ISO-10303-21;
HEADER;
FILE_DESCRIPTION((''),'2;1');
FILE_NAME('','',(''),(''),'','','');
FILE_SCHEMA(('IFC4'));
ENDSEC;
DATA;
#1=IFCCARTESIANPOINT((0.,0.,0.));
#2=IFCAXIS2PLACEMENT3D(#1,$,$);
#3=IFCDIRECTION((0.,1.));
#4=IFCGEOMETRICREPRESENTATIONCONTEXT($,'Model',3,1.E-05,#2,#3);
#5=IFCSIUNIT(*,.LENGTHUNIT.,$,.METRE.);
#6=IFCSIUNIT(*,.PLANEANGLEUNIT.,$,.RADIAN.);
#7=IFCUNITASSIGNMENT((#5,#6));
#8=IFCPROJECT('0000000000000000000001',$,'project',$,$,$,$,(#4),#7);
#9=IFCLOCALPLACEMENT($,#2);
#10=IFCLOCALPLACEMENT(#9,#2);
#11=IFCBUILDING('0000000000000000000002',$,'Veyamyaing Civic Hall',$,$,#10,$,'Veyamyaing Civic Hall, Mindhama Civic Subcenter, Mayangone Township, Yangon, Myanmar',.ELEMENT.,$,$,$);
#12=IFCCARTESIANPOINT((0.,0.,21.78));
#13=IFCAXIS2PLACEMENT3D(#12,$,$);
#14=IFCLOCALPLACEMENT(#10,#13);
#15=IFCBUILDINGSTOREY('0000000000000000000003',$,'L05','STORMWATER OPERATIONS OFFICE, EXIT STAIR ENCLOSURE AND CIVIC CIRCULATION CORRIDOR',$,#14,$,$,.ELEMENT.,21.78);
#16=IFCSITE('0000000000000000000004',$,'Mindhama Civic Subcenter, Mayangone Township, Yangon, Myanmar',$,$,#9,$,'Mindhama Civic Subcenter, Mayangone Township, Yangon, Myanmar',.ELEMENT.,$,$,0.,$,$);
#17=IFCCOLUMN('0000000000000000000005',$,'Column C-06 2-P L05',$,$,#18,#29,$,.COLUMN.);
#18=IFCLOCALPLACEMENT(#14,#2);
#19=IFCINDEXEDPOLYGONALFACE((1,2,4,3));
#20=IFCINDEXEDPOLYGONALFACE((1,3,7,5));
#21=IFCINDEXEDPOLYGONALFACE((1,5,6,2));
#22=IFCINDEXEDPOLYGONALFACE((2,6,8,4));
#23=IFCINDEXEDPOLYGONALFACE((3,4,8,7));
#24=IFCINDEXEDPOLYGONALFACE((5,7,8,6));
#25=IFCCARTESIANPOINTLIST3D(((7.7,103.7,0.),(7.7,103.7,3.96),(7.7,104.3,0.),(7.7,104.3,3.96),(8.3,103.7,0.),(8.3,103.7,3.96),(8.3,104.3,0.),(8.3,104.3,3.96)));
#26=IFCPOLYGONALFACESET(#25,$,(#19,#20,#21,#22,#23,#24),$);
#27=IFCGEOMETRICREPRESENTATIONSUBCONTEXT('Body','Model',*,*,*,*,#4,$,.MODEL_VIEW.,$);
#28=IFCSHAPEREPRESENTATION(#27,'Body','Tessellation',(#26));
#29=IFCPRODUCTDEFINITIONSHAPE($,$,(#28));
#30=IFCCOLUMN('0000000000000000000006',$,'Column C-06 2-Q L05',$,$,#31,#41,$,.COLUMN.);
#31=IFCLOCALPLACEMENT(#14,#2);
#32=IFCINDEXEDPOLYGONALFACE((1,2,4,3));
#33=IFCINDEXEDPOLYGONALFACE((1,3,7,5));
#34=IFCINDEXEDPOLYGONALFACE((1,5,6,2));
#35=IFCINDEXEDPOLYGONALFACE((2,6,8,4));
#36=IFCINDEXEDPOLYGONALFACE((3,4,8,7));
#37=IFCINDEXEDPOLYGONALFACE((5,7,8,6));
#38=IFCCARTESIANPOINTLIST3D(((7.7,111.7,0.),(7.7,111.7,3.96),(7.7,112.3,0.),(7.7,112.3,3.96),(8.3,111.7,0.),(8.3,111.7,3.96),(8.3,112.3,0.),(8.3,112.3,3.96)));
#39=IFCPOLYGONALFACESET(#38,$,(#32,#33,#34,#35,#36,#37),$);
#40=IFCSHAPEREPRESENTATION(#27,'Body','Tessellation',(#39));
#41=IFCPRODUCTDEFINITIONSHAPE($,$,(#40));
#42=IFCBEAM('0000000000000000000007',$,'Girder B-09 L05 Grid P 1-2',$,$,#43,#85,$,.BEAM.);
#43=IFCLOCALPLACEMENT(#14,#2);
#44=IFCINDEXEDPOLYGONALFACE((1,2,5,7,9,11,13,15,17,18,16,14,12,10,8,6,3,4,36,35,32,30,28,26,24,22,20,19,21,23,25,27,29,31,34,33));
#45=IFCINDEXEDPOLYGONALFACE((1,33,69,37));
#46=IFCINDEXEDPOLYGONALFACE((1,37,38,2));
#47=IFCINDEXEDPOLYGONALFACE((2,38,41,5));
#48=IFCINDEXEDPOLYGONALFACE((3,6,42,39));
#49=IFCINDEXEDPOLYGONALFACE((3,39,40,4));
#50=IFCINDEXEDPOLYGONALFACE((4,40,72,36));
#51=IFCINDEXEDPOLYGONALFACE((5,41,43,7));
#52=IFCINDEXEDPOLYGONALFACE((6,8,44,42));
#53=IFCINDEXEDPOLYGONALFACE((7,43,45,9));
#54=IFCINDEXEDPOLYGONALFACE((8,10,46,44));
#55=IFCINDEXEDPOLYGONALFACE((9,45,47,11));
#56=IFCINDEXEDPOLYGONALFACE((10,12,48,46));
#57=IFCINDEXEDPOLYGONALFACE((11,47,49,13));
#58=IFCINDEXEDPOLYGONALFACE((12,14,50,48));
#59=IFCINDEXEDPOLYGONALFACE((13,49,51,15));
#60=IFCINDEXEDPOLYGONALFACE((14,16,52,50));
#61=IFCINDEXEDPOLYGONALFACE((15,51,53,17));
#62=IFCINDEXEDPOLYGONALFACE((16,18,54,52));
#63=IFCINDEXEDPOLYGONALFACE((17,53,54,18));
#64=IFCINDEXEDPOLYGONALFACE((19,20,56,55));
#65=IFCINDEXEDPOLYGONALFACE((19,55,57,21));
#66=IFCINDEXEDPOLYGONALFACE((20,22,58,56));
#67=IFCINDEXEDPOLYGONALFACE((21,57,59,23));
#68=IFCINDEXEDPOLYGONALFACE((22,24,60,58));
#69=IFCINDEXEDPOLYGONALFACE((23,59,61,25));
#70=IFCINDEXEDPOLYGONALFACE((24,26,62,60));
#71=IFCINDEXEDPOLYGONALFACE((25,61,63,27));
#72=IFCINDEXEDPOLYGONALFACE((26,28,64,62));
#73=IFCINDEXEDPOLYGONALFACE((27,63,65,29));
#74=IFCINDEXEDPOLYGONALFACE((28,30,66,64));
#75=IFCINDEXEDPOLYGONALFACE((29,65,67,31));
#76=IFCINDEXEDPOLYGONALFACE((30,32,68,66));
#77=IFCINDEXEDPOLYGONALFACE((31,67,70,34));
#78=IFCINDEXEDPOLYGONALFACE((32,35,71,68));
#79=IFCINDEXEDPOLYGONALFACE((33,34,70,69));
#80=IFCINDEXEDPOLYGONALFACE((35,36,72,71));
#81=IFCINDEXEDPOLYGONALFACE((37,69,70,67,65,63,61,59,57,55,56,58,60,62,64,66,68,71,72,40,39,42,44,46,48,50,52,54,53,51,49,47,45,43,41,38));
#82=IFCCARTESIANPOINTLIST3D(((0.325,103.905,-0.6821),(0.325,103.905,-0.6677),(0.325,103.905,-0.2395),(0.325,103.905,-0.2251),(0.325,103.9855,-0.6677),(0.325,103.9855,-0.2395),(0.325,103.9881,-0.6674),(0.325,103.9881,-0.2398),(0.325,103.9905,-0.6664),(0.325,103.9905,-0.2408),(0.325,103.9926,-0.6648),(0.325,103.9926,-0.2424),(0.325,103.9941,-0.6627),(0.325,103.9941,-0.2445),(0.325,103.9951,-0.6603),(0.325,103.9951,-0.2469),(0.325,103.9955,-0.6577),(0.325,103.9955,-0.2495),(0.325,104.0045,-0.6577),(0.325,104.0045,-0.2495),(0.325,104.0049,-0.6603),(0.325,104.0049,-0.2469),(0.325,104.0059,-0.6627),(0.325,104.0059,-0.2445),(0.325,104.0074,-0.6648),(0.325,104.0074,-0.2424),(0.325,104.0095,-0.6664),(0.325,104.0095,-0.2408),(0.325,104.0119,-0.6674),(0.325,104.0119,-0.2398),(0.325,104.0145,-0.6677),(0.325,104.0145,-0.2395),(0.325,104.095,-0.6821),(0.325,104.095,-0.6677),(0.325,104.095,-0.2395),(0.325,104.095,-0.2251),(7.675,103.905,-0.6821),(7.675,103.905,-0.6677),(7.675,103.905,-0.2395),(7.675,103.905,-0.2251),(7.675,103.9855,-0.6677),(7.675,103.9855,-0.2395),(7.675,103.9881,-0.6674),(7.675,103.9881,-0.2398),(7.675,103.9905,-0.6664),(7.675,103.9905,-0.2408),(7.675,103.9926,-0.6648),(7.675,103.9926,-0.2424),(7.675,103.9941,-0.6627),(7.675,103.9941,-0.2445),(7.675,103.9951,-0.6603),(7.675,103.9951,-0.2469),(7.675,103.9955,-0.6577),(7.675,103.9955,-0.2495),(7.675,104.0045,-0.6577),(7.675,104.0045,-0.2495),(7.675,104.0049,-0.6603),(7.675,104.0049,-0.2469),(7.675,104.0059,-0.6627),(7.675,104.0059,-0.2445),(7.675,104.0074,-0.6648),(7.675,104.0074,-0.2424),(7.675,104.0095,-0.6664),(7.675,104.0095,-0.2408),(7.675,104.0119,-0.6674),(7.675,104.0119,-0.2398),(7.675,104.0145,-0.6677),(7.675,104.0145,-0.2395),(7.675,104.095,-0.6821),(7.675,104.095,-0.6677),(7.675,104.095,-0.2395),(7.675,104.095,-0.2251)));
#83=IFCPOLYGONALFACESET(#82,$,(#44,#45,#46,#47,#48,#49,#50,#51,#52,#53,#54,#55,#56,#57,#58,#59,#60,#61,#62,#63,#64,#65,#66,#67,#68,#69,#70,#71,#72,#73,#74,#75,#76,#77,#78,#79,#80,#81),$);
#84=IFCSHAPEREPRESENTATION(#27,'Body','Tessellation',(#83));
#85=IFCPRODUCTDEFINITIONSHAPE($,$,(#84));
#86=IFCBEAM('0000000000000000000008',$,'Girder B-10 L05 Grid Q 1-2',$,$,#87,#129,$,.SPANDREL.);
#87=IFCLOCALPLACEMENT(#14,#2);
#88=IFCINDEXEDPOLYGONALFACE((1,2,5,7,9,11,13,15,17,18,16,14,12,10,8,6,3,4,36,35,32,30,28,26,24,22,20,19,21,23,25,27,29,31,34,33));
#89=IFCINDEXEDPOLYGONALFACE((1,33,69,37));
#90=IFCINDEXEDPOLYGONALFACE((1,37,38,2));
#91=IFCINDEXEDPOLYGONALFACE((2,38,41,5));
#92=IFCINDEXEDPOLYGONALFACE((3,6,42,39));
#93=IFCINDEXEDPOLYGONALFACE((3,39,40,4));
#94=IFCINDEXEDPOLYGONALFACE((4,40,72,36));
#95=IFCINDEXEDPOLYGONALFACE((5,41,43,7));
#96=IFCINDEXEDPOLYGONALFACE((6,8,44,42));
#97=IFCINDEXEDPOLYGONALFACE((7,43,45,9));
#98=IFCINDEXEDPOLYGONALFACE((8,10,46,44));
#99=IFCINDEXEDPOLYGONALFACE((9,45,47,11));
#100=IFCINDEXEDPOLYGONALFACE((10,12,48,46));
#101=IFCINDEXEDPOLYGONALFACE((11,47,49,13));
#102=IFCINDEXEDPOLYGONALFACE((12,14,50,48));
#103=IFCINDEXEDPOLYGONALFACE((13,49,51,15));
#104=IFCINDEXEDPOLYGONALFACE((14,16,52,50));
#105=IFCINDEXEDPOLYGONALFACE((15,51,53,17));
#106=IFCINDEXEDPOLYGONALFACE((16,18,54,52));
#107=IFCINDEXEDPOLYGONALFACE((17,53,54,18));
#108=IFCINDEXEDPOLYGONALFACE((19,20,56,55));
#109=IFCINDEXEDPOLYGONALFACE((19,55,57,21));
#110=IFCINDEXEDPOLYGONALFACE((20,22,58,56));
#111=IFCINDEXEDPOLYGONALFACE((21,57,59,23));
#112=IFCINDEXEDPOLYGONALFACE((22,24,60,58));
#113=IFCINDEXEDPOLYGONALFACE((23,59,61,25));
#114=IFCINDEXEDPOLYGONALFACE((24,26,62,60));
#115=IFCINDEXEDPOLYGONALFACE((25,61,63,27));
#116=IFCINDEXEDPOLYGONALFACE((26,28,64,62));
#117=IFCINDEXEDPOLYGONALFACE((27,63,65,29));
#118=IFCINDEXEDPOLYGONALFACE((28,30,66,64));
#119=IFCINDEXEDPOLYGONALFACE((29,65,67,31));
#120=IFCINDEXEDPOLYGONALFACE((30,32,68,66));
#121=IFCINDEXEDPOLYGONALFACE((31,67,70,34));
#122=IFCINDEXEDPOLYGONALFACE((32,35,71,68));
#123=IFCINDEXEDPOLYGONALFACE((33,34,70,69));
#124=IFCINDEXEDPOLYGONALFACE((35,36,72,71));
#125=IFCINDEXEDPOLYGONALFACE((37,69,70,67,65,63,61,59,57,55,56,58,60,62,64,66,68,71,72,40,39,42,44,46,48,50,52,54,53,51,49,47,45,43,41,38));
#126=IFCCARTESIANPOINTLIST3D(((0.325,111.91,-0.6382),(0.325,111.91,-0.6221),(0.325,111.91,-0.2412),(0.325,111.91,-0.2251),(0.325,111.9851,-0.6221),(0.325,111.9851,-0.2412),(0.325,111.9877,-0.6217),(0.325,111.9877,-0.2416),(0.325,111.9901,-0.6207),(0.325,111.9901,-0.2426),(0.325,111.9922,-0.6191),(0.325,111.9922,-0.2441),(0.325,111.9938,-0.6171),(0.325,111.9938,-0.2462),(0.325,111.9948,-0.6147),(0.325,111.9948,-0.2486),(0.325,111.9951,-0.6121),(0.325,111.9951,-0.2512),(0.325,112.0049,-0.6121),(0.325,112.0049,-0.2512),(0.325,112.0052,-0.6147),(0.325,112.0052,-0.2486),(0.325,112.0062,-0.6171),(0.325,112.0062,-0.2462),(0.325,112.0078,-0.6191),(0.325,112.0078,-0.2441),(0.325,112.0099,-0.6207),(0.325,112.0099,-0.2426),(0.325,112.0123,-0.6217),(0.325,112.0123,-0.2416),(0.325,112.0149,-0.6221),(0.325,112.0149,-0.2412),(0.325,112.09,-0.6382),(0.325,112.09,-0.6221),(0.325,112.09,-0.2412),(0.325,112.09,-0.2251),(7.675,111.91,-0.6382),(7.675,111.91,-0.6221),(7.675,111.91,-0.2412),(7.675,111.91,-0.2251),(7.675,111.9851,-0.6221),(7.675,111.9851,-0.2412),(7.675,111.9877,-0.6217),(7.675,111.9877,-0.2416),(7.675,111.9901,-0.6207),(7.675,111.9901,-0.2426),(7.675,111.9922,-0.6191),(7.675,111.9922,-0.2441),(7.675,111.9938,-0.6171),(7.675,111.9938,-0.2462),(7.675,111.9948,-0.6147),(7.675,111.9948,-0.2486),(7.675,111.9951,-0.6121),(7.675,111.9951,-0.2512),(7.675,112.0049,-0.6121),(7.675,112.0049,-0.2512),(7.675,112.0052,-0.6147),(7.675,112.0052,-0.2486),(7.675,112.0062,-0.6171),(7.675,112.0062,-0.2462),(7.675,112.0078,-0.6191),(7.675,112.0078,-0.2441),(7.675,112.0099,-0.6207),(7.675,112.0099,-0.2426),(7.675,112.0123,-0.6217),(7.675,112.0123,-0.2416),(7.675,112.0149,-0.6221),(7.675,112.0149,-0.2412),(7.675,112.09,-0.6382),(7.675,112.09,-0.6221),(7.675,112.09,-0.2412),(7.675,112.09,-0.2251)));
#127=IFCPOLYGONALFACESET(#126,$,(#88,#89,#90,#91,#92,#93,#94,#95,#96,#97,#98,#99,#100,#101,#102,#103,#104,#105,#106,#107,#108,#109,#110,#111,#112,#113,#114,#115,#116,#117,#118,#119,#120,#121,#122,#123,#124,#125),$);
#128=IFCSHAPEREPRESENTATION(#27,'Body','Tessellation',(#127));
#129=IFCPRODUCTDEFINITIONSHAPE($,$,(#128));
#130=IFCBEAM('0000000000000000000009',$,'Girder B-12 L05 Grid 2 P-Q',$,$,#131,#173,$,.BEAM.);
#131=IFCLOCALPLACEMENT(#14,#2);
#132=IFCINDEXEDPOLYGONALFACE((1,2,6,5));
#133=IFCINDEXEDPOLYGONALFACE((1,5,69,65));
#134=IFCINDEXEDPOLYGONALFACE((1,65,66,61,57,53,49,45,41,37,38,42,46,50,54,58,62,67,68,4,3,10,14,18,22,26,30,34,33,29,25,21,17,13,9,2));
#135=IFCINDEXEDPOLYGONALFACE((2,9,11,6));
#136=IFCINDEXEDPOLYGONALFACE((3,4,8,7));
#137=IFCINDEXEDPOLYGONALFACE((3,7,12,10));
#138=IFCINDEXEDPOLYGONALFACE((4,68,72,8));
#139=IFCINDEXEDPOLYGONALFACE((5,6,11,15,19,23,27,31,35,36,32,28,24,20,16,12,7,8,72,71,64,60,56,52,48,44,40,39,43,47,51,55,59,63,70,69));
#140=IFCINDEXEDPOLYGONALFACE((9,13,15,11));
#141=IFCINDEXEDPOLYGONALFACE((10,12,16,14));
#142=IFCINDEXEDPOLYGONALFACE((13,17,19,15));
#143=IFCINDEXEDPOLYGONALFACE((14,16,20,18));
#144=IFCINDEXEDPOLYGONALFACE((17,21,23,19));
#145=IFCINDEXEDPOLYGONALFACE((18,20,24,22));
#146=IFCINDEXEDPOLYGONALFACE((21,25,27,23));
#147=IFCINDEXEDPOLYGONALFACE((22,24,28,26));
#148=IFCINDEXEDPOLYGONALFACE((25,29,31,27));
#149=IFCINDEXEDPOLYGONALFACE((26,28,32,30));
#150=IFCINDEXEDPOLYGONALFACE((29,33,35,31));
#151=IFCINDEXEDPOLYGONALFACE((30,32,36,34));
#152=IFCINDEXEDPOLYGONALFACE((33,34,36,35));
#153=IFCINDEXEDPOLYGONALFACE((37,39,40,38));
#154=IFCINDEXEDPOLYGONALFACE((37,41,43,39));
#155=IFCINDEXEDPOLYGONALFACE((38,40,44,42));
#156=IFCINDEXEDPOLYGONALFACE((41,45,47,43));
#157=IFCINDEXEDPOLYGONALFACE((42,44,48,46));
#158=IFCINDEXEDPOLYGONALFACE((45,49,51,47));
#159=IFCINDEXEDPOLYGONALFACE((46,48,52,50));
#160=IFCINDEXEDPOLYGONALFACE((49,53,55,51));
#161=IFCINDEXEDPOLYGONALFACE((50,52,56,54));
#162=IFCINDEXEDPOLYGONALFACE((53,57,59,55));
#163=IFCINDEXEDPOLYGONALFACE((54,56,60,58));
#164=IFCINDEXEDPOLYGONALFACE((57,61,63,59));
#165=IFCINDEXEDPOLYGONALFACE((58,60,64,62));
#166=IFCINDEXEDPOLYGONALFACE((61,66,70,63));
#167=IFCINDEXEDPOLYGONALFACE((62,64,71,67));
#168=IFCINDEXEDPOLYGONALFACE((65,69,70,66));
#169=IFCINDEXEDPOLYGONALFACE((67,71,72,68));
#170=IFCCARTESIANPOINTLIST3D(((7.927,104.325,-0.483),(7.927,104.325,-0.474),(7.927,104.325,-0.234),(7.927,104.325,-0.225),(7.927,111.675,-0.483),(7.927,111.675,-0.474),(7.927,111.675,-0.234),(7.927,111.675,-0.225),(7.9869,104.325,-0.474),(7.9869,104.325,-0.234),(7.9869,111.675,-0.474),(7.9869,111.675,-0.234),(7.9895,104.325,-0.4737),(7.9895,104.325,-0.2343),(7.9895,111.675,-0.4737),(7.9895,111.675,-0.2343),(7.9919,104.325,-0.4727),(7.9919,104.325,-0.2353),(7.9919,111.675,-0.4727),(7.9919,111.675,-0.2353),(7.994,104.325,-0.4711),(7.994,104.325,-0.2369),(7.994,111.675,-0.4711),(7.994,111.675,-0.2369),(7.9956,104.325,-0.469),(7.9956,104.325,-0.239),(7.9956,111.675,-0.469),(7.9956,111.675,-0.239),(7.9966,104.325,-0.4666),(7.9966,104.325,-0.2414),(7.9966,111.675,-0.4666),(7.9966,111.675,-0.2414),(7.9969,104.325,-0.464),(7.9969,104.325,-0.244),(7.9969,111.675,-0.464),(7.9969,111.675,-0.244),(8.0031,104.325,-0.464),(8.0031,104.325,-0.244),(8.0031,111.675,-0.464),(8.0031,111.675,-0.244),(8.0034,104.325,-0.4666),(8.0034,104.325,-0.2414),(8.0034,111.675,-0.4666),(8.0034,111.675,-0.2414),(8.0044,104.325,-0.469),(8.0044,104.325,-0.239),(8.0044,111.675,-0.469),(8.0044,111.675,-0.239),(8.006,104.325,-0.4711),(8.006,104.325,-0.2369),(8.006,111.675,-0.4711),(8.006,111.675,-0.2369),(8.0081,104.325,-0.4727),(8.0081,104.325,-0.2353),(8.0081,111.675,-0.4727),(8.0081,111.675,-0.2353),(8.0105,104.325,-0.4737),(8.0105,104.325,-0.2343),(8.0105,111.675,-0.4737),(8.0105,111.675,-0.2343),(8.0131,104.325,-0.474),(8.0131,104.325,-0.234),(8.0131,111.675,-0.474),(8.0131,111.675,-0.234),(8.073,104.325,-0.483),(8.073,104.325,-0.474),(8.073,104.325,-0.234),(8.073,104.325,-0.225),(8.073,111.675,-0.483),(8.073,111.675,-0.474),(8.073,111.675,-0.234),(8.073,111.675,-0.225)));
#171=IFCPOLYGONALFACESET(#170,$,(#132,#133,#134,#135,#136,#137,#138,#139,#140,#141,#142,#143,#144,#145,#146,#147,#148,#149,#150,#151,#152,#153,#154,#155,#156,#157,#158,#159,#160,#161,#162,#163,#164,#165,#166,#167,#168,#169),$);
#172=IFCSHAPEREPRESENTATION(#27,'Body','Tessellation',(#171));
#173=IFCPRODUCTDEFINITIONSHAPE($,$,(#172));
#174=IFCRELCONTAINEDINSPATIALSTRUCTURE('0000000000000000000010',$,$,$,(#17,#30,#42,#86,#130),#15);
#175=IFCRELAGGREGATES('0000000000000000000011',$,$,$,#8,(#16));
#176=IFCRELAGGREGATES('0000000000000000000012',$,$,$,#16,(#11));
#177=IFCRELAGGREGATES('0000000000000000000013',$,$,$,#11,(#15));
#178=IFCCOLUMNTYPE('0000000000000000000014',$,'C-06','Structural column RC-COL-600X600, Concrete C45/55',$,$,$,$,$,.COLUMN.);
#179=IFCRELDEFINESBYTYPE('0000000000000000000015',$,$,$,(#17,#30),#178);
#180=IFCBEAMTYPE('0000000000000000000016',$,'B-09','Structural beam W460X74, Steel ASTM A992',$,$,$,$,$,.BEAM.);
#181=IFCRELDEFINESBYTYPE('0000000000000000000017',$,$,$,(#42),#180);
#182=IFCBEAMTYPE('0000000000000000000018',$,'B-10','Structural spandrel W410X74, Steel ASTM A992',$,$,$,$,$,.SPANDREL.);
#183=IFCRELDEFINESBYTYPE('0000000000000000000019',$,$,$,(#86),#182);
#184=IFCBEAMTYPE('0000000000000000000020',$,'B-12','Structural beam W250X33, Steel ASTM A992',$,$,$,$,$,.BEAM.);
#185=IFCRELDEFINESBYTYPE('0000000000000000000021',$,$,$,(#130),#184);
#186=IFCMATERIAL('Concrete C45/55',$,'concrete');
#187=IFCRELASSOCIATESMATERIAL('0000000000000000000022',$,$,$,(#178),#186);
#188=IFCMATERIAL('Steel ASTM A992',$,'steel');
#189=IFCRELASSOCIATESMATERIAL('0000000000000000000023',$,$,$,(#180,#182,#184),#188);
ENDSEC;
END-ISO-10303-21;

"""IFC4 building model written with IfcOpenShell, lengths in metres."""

from ifc_helpers import new_model, si_unit, direction, frame, origin, origin_2d, place, context, subcontext, project, spatial, rectangle, i_section, extrude, material, material_profile, profile_set, type_object, element, save


model = new_model("IFC4")

# Units and contexts
model_context = context("Model", 3, precision=1e-05, world=origin(), true_north=direction((0.0, 1.0)))
body_context = subcontext(model_context, "Body", "Model", "MODEL_VIEW")
ifc_project = project(units=[si_unit("LENGTHUNIT", "METRE"), si_unit("PLANEANGLEUNIT", "RADIAN")], contexts=[model_context])

# Site, building, storey
site_placement = place(None, origin())
site = spatial("IfcSite", under=ifc_project, at=site_placement, Name="Mindhama Civic Subcenter, Mayangone Township, Yangon, Myanmar", LongName="Mindhama Civic Subcenter, Mayangone Township, Yangon, Myanmar", CompositionType="ELEMENT", RefElevation=0.0)
building_placement = place(site_placement, origin())
building = spatial("IfcBuilding", under=site, at=building_placement, Name="Veyamyaing Civic Hall", LongName="Veyamyaing Civic Hall, Mindhama Civic Subcenter, Mayangone Township, Yangon, Myanmar", CompositionType="ELEMENT")
storey_placement = place(building_placement, frame((0.0, 0.0, 21.78)))
storey = spatial("IfcBuildingStorey", under=building, at=storey_placement, Name="L05", Description="STORMWATER OPERATIONS OFFICE, EXIT STAIR ENCLOSURE AND CIVIC CIRCULATION CORRIDOR", CompositionType="ELEMENT", Elevation=21.78)

# Columns
ifc_material_1 = material(Name="Concrete C45/55", Category="concrete")
ifc_material_profile_1 = material_profile(ifc_material_1, rectangle(XDim=0.6001, YDim=0.6001, at=origin_2d()), Name="RC-COL-600X600")
ifc_profile_set_1 = profile_set([ifc_material_profile_1], Name="Concrete C45/55")
column_type = type_object("IfcColumnType", Name="C-06", Description="Structural column RC-COL-600X600, Concrete C45/55", PredefinedType="COLUMN", material=ifc_profile_set_1)
for number, where, z_axis, x_axis, name in (
    (1, (8.0, 104.0, 0.0), (0.0, 0.0, 1.0), (1.0, 0.0, 0.0), "Column C-06 2-P L05"),
    (2, (8.0, 112.0, 0.0), (0.0, 0.0, 1.0), (1.0, 0.0, 0.0), "Column C-06 2-Q L05"),
):
    element("IfcColumn", number, at=place(storey_placement, frame(where, z_axis=z_axis, x_axis=x_axis)), inside=storey, type_object=column_type, Name=name, PredefinedType="COLUMN", context=body_context, shape_type="SweptSolid", body=[
        extrude(rectangle(XDim=0.6001, YDim=0.6001, at=origin_2d()), origin(), (0.0, 0.0, 1.0), 3.96),
    ])

# Beams
ifc_material_2 = material(Name="Steel ASTM A992", Category="steel")
ifc_material_profile_2 = material_profile(ifc_material_2, i_section(OverallWidth=0.1899, OverallDepth=0.457, WebThickness=0.009, FlangeThickness=0.0144, FilletRadius=0.01, at=origin_2d()), Name="W460X74")
ifc_profile_set_2 = profile_set([ifc_material_profile_2], Name="Steel ASTM A992")
beam_type_1 = type_object("IfcBeamType", Name="B-09", Description="Structural beam W460X74, Steel ASTM A992", PredefinedType="BEAM", material=ifc_profile_set_2)
beam_1_placement = place(storey_placement, frame((0.325, 104.0, -0.4536), z_axis=(1.0, 0.0, 0.0), x_axis=(0.0, 1.0, 0.0)))
element("IfcBeam", 3, at=beam_1_placement, inside=storey, type_object=beam_type_1, Name="Girder B-09 L05 Grid P 1-2", PredefinedType="BEAM", context=body_context, shape_type="SweptSolid", body=[
    extrude(i_section(OverallWidth=0.1899, OverallDepth=0.457, WebThickness=0.009, FlangeThickness=0.0144, FilletRadius=0.01, at=origin_2d()), origin(), (0.0, 0.0, 1.0), 7.3501),
])
ifc_material_profile_3 = material_profile(ifc_material_2, i_section(OverallWidth=0.1799, OverallDepth=0.4131, WebThickness=0.0098, FlangeThickness=0.0161, FilletRadius=0.01, at=origin_2d()), Name="W410X74")
ifc_profile_set_3 = profile_set([ifc_material_profile_3], Name="Steel ASTM A992")
beam_type_2 = type_object("IfcBeamType", Name="B-10", Description="Structural spandrel W410X74, Steel ASTM A992", PredefinedType="SPANDREL", material=ifc_profile_set_3)
beam_2_placement = place(storey_placement, frame((0.325, 112.0, -0.4316), z_axis=(1.0, 0.0, 0.0), x_axis=(0.0, 1.0, 0.0)))
element("IfcBeam", 4, at=beam_2_placement, inside=storey, type_object=beam_type_2, Name="Girder B-10 L05 Grid Q 1-2", PredefinedType="SPANDREL", context=body_context, shape_type="SweptSolid", body=[
    extrude(i_section(OverallWidth=0.1799, OverallDepth=0.4131, WebThickness=0.0098, FlangeThickness=0.0161, FilletRadius=0.01, at=origin_2d()), origin(), (0.0, 0.0, 1.0), 7.3501),
])
ifc_material_profile_4 = material_profile(ifc_material_2, i_section(OverallWidth=0.146, OverallDepth=0.2581, WebThickness=0.0061, FlangeThickness=0.009, FilletRadius=0.01, at=origin_2d()), Name="W250X33")
ifc_profile_set_4 = profile_set([ifc_material_profile_4], Name="Steel ASTM A992")
beam_type_3 = type_object("IfcBeamType", Name="B-12", Description="Structural beam W250X33, Steel ASTM A992", PredefinedType="BEAM", material=ifc_profile_set_4)
beam_3_placement = place(storey_placement, frame((8.0, 104.325, -0.354), z_axis=(0.0, 1.0, 0.0), x_axis=(-1.0, 0.0, 0.0)))
element("IfcBeam", 5, at=beam_3_placement, inside=storey, type_object=beam_type_3, Name="Girder B-12 L05 Grid 2 P-Q", PredefinedType="BEAM", context=body_context, shape_type="SweptSolid", body=[
    extrude(i_section(OverallWidth=0.146, OverallDepth=0.2581, WebThickness=0.0061, FlangeThickness=0.009, FilletRadius=0.01, at=origin_2d()), origin(), (0.0, 0.0, 1.0), 7.3501),
])

save(model, "model.ifc")
